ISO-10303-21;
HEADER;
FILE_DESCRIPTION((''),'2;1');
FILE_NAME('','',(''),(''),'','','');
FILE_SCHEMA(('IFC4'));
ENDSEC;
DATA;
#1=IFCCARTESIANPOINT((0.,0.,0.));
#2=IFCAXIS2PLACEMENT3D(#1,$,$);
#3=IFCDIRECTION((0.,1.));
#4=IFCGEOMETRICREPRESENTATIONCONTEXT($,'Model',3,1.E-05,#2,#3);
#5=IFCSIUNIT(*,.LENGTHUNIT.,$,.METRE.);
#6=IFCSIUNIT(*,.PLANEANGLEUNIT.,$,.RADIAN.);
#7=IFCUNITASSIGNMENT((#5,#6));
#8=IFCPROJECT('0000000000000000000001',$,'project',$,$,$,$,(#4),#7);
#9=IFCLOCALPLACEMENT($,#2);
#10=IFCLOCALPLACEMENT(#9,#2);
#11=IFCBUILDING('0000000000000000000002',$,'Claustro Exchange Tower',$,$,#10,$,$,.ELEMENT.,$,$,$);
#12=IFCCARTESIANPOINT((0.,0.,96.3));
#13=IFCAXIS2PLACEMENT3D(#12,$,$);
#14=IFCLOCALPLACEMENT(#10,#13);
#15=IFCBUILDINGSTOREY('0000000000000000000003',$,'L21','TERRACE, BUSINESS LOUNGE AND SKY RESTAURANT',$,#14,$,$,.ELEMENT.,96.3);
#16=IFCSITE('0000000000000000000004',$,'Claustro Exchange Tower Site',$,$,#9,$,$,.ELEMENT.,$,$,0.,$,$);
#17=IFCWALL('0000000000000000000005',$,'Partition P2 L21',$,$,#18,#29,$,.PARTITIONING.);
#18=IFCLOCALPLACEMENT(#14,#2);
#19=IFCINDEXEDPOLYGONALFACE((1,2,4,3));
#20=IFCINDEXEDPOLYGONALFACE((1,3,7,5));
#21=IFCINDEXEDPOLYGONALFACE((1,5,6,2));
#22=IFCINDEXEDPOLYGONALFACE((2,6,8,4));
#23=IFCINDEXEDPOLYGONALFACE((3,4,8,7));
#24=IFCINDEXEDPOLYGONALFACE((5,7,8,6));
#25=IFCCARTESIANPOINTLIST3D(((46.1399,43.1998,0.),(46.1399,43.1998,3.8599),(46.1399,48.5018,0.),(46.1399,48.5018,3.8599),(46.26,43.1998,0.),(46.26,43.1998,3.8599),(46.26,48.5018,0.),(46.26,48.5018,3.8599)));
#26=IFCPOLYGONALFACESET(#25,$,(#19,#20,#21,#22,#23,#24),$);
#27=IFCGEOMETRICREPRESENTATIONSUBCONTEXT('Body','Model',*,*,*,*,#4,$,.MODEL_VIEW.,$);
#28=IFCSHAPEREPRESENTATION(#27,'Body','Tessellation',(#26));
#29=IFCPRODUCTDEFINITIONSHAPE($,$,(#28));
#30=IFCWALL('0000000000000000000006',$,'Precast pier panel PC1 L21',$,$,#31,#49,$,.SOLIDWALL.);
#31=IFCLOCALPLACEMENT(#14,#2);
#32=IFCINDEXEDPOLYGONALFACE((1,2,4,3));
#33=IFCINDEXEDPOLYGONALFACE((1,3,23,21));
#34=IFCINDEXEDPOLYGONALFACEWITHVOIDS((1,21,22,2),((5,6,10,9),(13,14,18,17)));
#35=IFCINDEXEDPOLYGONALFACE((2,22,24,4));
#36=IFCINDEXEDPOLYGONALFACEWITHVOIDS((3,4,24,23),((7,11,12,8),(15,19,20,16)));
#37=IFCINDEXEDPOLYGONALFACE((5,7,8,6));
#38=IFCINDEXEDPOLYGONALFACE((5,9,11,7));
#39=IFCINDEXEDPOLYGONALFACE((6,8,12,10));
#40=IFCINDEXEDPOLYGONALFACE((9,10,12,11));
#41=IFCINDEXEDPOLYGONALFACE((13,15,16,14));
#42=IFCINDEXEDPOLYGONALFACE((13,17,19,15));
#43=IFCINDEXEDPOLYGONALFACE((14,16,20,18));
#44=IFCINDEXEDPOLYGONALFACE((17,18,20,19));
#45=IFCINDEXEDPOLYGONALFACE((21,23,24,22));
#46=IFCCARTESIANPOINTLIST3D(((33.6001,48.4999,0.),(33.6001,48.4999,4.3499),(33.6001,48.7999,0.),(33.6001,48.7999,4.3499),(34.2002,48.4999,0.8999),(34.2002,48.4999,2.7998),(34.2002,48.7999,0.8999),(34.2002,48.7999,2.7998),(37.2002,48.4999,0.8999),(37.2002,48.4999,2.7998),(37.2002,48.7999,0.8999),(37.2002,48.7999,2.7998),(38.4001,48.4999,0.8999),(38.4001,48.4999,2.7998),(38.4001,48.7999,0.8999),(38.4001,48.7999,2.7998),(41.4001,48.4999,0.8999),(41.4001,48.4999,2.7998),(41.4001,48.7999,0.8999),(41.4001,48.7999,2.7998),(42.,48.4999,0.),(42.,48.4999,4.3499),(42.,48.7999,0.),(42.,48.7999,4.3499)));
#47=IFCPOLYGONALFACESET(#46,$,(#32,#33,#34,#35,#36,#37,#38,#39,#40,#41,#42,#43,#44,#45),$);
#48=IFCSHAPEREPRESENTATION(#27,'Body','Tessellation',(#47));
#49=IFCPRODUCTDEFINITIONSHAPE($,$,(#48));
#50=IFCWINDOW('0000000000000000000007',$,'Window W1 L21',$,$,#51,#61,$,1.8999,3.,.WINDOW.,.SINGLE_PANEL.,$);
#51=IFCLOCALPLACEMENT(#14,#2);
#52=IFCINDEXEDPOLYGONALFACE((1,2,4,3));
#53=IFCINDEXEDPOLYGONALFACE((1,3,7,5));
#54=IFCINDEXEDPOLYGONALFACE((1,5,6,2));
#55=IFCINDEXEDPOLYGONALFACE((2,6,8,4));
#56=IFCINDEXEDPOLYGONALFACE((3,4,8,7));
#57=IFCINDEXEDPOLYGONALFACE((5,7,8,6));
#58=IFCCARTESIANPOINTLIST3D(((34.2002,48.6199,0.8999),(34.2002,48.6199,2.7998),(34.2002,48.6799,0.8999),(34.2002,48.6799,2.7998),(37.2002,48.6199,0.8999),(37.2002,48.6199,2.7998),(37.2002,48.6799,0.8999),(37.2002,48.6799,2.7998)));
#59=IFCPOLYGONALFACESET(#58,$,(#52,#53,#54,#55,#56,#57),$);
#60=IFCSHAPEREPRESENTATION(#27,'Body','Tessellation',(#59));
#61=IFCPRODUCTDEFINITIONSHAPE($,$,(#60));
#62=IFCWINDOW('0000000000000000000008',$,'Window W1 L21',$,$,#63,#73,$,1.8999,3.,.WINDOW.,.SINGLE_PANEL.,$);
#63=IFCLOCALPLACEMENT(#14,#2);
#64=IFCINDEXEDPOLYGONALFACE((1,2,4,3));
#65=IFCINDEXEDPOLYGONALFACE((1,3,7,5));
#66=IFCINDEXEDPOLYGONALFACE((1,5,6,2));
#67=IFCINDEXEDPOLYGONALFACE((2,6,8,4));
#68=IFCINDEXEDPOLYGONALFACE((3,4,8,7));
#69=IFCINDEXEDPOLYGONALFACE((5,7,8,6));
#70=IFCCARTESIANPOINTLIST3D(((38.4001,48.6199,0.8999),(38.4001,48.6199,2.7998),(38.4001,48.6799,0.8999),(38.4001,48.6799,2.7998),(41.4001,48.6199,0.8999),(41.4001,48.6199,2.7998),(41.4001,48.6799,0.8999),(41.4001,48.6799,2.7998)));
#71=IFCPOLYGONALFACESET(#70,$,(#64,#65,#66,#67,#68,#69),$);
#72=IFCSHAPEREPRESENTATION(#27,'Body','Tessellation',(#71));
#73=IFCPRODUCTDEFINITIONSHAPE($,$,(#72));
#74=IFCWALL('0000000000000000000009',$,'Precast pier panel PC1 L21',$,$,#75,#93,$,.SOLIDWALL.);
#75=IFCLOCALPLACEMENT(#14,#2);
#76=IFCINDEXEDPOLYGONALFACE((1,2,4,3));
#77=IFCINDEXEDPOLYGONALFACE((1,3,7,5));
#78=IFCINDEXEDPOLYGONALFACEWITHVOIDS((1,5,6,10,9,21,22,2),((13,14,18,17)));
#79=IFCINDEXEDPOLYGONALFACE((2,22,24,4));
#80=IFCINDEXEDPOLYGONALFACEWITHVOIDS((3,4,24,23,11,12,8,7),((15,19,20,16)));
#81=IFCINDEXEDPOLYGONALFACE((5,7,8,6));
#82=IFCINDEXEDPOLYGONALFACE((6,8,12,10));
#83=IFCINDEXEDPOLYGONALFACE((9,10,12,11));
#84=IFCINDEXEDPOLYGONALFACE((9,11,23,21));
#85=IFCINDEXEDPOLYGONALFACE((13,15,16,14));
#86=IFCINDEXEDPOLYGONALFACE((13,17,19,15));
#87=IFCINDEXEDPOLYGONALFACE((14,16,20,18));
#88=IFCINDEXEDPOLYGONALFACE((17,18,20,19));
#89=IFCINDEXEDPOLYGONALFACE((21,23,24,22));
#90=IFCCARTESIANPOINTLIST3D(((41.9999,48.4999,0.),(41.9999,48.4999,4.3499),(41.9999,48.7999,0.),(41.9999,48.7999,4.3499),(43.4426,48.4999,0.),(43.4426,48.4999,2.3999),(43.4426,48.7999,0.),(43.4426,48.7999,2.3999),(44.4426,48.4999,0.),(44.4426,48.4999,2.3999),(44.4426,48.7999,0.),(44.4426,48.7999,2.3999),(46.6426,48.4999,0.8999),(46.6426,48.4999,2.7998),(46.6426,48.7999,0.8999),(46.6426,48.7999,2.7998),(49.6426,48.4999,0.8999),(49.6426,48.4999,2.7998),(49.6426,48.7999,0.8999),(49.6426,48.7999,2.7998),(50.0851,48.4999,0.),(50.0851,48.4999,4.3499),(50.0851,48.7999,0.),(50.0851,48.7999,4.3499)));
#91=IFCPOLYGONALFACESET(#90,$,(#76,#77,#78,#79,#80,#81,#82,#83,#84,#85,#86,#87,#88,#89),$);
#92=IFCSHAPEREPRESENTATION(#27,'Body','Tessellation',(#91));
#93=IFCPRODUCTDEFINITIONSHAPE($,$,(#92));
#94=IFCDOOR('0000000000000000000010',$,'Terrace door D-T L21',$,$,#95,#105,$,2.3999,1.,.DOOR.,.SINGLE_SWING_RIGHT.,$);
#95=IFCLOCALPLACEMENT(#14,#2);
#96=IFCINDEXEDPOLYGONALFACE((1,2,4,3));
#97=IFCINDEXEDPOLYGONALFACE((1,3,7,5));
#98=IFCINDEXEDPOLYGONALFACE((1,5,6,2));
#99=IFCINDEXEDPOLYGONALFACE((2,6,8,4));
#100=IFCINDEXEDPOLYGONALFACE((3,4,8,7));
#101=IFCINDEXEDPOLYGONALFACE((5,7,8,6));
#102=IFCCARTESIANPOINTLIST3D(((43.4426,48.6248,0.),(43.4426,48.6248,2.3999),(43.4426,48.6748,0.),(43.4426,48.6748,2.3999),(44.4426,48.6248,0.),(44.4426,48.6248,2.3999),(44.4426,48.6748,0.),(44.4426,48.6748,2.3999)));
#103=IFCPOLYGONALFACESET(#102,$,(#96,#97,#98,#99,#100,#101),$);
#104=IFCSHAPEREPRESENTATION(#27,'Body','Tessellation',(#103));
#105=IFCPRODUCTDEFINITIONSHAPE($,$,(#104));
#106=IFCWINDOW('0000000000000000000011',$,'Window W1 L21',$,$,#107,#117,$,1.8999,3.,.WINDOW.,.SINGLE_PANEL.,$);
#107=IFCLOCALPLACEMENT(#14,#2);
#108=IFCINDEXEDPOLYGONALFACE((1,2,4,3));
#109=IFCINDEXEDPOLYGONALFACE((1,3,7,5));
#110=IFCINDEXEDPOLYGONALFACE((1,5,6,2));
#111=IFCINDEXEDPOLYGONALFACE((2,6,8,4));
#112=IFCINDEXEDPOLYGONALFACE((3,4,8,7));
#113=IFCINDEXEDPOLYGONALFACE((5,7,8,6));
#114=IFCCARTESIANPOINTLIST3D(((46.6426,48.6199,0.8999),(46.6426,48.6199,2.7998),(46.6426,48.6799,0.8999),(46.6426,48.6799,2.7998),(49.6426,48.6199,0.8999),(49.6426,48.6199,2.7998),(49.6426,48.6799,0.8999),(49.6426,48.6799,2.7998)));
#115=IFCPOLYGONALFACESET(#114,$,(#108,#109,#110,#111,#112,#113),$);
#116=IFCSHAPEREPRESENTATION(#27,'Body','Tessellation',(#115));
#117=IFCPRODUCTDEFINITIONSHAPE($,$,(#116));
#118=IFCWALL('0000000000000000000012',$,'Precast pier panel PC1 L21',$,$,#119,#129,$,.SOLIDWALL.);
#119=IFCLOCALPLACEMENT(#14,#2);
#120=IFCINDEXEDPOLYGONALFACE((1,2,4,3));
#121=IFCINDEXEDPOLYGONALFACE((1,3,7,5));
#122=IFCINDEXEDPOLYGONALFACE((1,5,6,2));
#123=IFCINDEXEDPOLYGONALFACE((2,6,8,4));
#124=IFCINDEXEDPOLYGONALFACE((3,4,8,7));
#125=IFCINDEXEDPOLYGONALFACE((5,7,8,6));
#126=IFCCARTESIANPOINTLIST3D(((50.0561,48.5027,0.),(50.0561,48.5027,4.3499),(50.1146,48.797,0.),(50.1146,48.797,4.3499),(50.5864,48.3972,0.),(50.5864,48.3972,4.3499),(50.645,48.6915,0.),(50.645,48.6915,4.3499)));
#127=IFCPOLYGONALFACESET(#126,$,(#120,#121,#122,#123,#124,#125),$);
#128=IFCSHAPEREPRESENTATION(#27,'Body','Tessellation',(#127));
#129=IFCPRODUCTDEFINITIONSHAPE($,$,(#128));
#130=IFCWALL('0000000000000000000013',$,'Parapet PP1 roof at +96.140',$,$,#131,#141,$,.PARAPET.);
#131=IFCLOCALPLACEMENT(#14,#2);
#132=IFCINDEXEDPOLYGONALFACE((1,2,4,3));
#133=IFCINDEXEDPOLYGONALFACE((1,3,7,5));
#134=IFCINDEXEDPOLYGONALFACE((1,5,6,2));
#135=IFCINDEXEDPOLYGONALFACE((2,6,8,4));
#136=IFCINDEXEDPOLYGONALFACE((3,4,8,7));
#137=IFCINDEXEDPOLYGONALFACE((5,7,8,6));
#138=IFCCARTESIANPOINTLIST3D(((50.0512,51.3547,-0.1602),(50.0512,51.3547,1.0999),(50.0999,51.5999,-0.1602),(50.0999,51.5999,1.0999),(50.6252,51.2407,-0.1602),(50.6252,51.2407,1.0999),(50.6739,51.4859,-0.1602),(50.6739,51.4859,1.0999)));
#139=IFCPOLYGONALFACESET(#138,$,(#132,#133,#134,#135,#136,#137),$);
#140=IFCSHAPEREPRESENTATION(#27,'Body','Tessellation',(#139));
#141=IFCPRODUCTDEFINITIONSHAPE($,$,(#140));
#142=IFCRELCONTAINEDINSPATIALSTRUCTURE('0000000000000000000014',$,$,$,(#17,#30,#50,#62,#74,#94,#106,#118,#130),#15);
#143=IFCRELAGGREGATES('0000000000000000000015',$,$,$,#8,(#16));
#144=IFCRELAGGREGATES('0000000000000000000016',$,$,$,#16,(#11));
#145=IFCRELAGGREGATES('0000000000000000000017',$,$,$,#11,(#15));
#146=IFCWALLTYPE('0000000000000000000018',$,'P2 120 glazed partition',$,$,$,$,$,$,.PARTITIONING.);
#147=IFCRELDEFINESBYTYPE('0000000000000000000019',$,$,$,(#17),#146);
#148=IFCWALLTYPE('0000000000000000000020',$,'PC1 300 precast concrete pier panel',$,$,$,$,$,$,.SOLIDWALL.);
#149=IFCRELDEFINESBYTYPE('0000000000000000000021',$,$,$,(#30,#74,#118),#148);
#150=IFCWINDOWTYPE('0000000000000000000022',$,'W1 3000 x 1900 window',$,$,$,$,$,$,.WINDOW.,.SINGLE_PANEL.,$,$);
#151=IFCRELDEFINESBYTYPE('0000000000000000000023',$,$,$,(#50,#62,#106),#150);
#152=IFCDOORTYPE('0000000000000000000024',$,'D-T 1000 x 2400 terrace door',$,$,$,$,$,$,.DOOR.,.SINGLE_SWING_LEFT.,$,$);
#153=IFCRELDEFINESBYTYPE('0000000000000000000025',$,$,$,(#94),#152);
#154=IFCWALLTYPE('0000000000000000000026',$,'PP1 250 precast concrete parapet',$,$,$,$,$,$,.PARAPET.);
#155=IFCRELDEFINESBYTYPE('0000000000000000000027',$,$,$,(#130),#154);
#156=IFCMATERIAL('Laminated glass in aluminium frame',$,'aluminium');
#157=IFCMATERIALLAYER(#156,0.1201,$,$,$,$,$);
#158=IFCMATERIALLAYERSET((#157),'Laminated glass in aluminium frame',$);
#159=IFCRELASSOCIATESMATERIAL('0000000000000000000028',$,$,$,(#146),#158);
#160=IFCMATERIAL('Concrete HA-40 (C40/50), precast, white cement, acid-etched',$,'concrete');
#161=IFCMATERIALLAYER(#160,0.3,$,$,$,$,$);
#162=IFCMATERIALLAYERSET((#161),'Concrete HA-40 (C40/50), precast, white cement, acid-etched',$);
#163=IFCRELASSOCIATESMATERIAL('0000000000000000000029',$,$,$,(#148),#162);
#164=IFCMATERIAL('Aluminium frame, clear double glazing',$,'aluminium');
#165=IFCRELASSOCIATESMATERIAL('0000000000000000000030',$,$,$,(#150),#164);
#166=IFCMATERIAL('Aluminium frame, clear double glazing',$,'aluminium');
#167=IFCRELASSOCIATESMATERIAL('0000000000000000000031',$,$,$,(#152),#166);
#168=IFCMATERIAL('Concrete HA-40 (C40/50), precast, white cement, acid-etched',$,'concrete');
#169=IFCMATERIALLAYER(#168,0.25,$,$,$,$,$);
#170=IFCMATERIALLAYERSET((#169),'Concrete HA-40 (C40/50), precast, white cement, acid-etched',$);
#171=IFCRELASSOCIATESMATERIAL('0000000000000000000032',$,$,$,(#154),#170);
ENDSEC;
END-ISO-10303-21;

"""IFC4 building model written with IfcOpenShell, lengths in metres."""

from ifc_helpers import new_model, si_unit, direction, frame, frame_2d, origin, place, context, subcontext, project, spatial, rectangle, extrude, material, layer, layer_set, type_object, element, fill, save


model = new_model("IFC4")

# Units and contexts
model_context = context("Model", 3, precision=1e-05, world=origin(), true_north=direction((0.0, 1.0)))
body_context = subcontext(model_context, "Body", "Model", "MODEL_VIEW")
ifc_project = project(units=[si_unit("LENGTHUNIT", "METRE"), si_unit("PLANEANGLEUNIT", "RADIAN")], contexts=[model_context])

# Site, building, storey
site_placement = place(None, origin())
site = spatial("IfcSite", under=ifc_project, at=site_placement, Name="Claustro Exchange Tower Site", CompositionType="ELEMENT", RefElevation=0.0)
building_placement = place(site_placement, origin())
building = spatial("IfcBuilding", under=site, at=building_placement, Name="Claustro Exchange Tower", CompositionType="ELEMENT")
storey_placement = place(building_placement, frame((0.0, 0.0, 96.3)))
storey = spatial("IfcBuildingStorey", under=building, at=storey_placement, Name="L21", Description="TERRACE, BUSINESS LOUNGE AND SKY RESTAURANT", CompositionType="ELEMENT", Elevation=96.3)

# Shared definitions
ifc_material_1 = material(Name="Laminated glass in aluminium frame", Category="aluminium")
ifc_layer_1 = layer(ifc_material_1, 0.1201)
ifc_layer_set_1 = layer_set([ifc_layer_1], Name="Laminated glass in aluminium frame")
wall_type_1 = type_object("IfcWallType", Name="P2 120 glazed partition", PredefinedType="PARTITIONING", material=ifc_layer_set_1)

# Wall
wall_1_placement = place(storey_placement, frame((46.2, 43.2, 0.0), z_axis=(0.0, 0.0, 1.0), x_axis=(0.0, 1.0, 0.0)))
element("IfcWall", 1, at=wall_1_placement, inside=storey, type_object=wall_type_1, Name="Partition P2 L21", PredefinedType="PARTITIONING", context=body_context, shape_type="SweptSolid", body=[
    extrude(rectangle(XDim=5.302, YDim=0.1201, at=frame_2d((2.6509, 0.0))), origin(), (0.0, 0.0, 1.0), 3.8599),
])

# Wall, openings, windows
ifc_material_2 = material(Name="Concrete HA-40 (C40/50), precast, white cement, acid-etched", Category="concrete")
ifc_layer_2 = layer(ifc_material_2, 0.3)
ifc_layer_set_2 = layer_set([ifc_layer_2], Name="Concrete HA-40 (C40/50), precast, white cement, acid-etched")
wall_type_2 = type_object("IfcWallType", Name="PC1 300 precast concrete pier panel", PredefinedType="SOLIDWALL", material=ifc_layer_set_2)
wall_2_placement = place(storey_placement, frame((33.6001, 48.6499, 0.0), z_axis=(0.0, 0.0, 1.0), x_axis=(1.0, 0.0, 0.0)))
wall_2 = element("IfcWall", 2, at=wall_2_placement, inside=storey, type_object=wall_type_2, Name="Precast pier panel PC1 L21", PredefinedType="SOLIDWALL", context=body_context, shape_type="SweptSolid", body=[
    extrude(rectangle(XDim=8.3999, YDim=0.3, at=frame_2d((4.2, 0.0))), origin(), (0.0, 0.0, 1.0), 4.3499),
])
opening_1_placement = place(wall_2_placement, frame((0.6001, 0.0, 0.8999)))
opening_1 = element("IfcOpeningElement", 3, at=opening_1_placement, cuts=wall_2, PredefinedType="OPENING", context=body_context, shape_type="SweptSolid", body=[
    extrude(rectangle(XDim=3.0, YDim=1.8999, at=frame_2d((1.5, 0.95))), frame((0.0, 0.1599, 0.0), z_axis=(0.0, -1.0, 0.0), x_axis=(1.0, 0.0, 0.0)), (0.0, 0.0, 1.0), 0.3201),
])
opening_2_placement = place(wall_2_placement, frame((4.8, 0.0, 0.8999)))
opening_2 = element("IfcOpeningElement", 4, at=opening_2_placement, cuts=wall_2, PredefinedType="OPENING", context=body_context, shape_type="SweptSolid", body=[
    extrude(rectangle(XDim=3.0, YDim=1.8999, at=frame_2d((1.5, 0.95))), frame((0.0, 0.1599, 0.0), z_axis=(0.0, -1.0, 0.0), x_axis=(1.0, 0.0, 0.0)), (0.0, 0.0, 1.0), 0.3201),
])
ifc_material_3 = material(Name="Aluminium frame, clear double glazing", Category="aluminium")
window_type = type_object("IfcWindowType", Name="W1 3000 x 1900 window", PartitioningType="SINGLE_PANEL", PredefinedType="WINDOW", material=ifc_material_3)
window_1_placement = place(opening_1_placement, origin())
window_1 = element("IfcWindow", 5, at=window_1_placement, inside=storey, type_object=window_type, Name="Window W1 L21", OverallHeight=1.8999, OverallWidth=3.0, PartitioningType="SINGLE_PANEL", PredefinedType="WINDOW", context=body_context, shape_type="SweptSolid", body=[
    extrude(rectangle(XDim=3.0, YDim=1.8999, at=frame_2d((1.5, 0.95))), frame((0.0, 0.03, 0.0), z_axis=(0.0, -1.0, 0.0), x_axis=(1.0, 0.0, 0.0)), (0.0, 0.0, 1.0), 0.0601),
])
fill(opening_1, window_1)
window_2_placement = place(opening_2_placement, origin())
window_2 = element("IfcWindow", 6, at=window_2_placement, inside=storey, type_object=window_type, Name="Window W1 L21", OverallHeight=1.8999, OverallWidth=3.0, PartitioningType="SINGLE_PANEL", PredefinedType="WINDOW", context=body_context, shape_type="SweptSolid", body=[
    extrude(rectangle(XDim=3.0, YDim=1.8999, at=frame_2d((1.5, 0.95))), frame((0.0, 0.03, 0.0), z_axis=(0.0, -1.0, 0.0), x_axis=(1.0, 0.0, 0.0)), (0.0, 0.0, 1.0), 0.0601),
])
fill(opening_2, window_2)

# Wall, openings, door, window
wall_3_placement = place(storey_placement, frame((42.0, 48.6499, 0.0), z_axis=(0.0, 0.0, 1.0), x_axis=(1.0, 0.0, 0.0)))
wall_3 = element("IfcWall", 7, at=wall_3_placement, inside=storey, type_object=wall_type_2, Name="Precast pier panel PC1 L21", PredefinedType="SOLIDWALL", context=body_context, shape_type="SweptSolid", body=[
    extrude(rectangle(XDim=8.0852, YDim=0.3, at=frame_2d((4.0425, 0.0))), origin(), (0.0, 0.0, 1.0), 4.3499),
])
opening_3_placement = place(wall_3_placement, frame((4.6426, 0.0, 0.8999)))
opening_3 = element("IfcOpeningElement", 8, at=opening_3_placement, cuts=wall_3, PredefinedType="OPENING", context=body_context, shape_type="SweptSolid", body=[
    extrude(rectangle(XDim=3.0, YDim=1.8999, at=frame_2d((1.5, 0.95))), frame((0.0, 0.1599, 0.0), z_axis=(0.0, -1.0, 0.0), x_axis=(1.0, 0.0, 0.0)), (0.0, 0.0, 1.0), 0.3201),
])
opening_4_placement = place(wall_3_placement, frame((1.4426, 0.0, 0.0)))
opening_4 = element("IfcOpeningElement", 9, at=opening_4_placement, cuts=wall_3, PredefinedType="OPENING", context=body_context, shape_type="SweptSolid", body=[
    extrude(rectangle(XDim=1.0, YDim=2.3999, at=frame_2d((0.5, 1.2))), frame((0.0, 0.1599, 0.0), z_axis=(0.0, -1.0, 0.0), x_axis=(1.0, 0.0, 0.0)), (0.0, 0.0, 1.0), 0.3201),
])
ifc_material_4 = material(Name="Aluminium frame, clear double glazing", Category="aluminium")
door_type_1 = type_object("IfcDoorType", Name="D-T 1000 x 2400 terrace door", OperationType="SINGLE_SWING_LEFT", PredefinedType="DOOR", material=ifc_material_4)
door_1_placement = place(opening_4_placement, origin())
door_1 = element("IfcDoor", 10, at=door_1_placement, inside=storey, type_object=door_type_1, Name="Terrace door D-T L21", OperationType="SINGLE_SWING_RIGHT", OverallHeight=2.3999, OverallWidth=1.0, PredefinedType="DOOR", context=body_context, shape_type="SweptSolid", body=[
    extrude(rectangle(XDim=1.0, YDim=2.3999, at=frame_2d((0.5, 1.2))), frame((0.0, 0.0249, 0.0), z_axis=(0.0, -1.0, 0.0), x_axis=(1.0, 0.0, 0.0)), (0.0, 0.0, 1.0), 0.05),
])
fill(opening_4, door_1)
window_3_placement = place(opening_3_placement, origin())
window_3 = element("IfcWindow", 11, at=window_3_placement, inside=storey, type_object=window_type, Name="Window W1 L21", OverallHeight=1.8999, OverallWidth=3.0, PartitioningType="SINGLE_PANEL", PredefinedType="WINDOW", context=body_context, shape_type="SweptSolid", body=[
    extrude(rectangle(XDim=3.0, YDim=1.8999, at=frame_2d((1.5, 0.95))), frame((0.0, 0.03, 0.0), z_axis=(0.0, -1.0, 0.0), x_axis=(1.0, 0.0, 0.0)), (0.0, 0.0, 1.0), 0.0601),
])
fill(opening_3, window_3)

# Walls
wall_4_placement = place(storey_placement, frame((50.0852, 48.6499, 0.0), z_axis=(0.0, 0.0, 1.0), x_axis=(0.980789, -0.195074, 0.0)))
element("IfcWall", 12, at=wall_4_placement, inside=storey, type_object=wall_type_2, Name="Precast pier panel PC1 L21", PredefinedType="SOLIDWALL", context=body_context, shape_type="SweptSolid", body=[
    extrude(rectangle(XDim=0.5408, YDim=0.3, at=frame_2d((0.2705, 0.0))), origin(), (0.0, 0.0, 1.0), 4.3499),
])
ifc_material_5 = material(Name="Concrete HA-40 (C40/50), precast, white cement, acid-etched", Category="concrete")
ifc_layer_3 = layer(ifc_material_5, 0.25)
ifc_layer_set_3 = layer_set([ifc_layer_3], Name="Concrete HA-40 (C40/50), precast, white cement, acid-etched")
wall_type_3 = type_object("IfcWallType", Name="PP1 250 precast concrete parapet", PredefinedType="PARAPET", material=ifc_layer_set_3)
wall_5_placement = place(storey_placement, frame((50.0757, 51.4773, -0.1602), z_axis=(0.0, 0.0, 1.0), x_axis=(0.980837, -0.194832, 0.0)))
element("IfcWall", 13, at=wall_5_placement, inside=storey, type_object=wall_type_3, Name="Parapet PP1 roof at +96.140", PredefinedType="PARAPET", context=body_context, shape_type="SweptSolid", body=[
    extrude(rectangle(XDim=0.5852, YDim=0.25, at=frame_2d((0.2925, 0.0))), origin(), (0.0, 0.0, 1.0), 1.26),
])

save(model, "model.ifc")
